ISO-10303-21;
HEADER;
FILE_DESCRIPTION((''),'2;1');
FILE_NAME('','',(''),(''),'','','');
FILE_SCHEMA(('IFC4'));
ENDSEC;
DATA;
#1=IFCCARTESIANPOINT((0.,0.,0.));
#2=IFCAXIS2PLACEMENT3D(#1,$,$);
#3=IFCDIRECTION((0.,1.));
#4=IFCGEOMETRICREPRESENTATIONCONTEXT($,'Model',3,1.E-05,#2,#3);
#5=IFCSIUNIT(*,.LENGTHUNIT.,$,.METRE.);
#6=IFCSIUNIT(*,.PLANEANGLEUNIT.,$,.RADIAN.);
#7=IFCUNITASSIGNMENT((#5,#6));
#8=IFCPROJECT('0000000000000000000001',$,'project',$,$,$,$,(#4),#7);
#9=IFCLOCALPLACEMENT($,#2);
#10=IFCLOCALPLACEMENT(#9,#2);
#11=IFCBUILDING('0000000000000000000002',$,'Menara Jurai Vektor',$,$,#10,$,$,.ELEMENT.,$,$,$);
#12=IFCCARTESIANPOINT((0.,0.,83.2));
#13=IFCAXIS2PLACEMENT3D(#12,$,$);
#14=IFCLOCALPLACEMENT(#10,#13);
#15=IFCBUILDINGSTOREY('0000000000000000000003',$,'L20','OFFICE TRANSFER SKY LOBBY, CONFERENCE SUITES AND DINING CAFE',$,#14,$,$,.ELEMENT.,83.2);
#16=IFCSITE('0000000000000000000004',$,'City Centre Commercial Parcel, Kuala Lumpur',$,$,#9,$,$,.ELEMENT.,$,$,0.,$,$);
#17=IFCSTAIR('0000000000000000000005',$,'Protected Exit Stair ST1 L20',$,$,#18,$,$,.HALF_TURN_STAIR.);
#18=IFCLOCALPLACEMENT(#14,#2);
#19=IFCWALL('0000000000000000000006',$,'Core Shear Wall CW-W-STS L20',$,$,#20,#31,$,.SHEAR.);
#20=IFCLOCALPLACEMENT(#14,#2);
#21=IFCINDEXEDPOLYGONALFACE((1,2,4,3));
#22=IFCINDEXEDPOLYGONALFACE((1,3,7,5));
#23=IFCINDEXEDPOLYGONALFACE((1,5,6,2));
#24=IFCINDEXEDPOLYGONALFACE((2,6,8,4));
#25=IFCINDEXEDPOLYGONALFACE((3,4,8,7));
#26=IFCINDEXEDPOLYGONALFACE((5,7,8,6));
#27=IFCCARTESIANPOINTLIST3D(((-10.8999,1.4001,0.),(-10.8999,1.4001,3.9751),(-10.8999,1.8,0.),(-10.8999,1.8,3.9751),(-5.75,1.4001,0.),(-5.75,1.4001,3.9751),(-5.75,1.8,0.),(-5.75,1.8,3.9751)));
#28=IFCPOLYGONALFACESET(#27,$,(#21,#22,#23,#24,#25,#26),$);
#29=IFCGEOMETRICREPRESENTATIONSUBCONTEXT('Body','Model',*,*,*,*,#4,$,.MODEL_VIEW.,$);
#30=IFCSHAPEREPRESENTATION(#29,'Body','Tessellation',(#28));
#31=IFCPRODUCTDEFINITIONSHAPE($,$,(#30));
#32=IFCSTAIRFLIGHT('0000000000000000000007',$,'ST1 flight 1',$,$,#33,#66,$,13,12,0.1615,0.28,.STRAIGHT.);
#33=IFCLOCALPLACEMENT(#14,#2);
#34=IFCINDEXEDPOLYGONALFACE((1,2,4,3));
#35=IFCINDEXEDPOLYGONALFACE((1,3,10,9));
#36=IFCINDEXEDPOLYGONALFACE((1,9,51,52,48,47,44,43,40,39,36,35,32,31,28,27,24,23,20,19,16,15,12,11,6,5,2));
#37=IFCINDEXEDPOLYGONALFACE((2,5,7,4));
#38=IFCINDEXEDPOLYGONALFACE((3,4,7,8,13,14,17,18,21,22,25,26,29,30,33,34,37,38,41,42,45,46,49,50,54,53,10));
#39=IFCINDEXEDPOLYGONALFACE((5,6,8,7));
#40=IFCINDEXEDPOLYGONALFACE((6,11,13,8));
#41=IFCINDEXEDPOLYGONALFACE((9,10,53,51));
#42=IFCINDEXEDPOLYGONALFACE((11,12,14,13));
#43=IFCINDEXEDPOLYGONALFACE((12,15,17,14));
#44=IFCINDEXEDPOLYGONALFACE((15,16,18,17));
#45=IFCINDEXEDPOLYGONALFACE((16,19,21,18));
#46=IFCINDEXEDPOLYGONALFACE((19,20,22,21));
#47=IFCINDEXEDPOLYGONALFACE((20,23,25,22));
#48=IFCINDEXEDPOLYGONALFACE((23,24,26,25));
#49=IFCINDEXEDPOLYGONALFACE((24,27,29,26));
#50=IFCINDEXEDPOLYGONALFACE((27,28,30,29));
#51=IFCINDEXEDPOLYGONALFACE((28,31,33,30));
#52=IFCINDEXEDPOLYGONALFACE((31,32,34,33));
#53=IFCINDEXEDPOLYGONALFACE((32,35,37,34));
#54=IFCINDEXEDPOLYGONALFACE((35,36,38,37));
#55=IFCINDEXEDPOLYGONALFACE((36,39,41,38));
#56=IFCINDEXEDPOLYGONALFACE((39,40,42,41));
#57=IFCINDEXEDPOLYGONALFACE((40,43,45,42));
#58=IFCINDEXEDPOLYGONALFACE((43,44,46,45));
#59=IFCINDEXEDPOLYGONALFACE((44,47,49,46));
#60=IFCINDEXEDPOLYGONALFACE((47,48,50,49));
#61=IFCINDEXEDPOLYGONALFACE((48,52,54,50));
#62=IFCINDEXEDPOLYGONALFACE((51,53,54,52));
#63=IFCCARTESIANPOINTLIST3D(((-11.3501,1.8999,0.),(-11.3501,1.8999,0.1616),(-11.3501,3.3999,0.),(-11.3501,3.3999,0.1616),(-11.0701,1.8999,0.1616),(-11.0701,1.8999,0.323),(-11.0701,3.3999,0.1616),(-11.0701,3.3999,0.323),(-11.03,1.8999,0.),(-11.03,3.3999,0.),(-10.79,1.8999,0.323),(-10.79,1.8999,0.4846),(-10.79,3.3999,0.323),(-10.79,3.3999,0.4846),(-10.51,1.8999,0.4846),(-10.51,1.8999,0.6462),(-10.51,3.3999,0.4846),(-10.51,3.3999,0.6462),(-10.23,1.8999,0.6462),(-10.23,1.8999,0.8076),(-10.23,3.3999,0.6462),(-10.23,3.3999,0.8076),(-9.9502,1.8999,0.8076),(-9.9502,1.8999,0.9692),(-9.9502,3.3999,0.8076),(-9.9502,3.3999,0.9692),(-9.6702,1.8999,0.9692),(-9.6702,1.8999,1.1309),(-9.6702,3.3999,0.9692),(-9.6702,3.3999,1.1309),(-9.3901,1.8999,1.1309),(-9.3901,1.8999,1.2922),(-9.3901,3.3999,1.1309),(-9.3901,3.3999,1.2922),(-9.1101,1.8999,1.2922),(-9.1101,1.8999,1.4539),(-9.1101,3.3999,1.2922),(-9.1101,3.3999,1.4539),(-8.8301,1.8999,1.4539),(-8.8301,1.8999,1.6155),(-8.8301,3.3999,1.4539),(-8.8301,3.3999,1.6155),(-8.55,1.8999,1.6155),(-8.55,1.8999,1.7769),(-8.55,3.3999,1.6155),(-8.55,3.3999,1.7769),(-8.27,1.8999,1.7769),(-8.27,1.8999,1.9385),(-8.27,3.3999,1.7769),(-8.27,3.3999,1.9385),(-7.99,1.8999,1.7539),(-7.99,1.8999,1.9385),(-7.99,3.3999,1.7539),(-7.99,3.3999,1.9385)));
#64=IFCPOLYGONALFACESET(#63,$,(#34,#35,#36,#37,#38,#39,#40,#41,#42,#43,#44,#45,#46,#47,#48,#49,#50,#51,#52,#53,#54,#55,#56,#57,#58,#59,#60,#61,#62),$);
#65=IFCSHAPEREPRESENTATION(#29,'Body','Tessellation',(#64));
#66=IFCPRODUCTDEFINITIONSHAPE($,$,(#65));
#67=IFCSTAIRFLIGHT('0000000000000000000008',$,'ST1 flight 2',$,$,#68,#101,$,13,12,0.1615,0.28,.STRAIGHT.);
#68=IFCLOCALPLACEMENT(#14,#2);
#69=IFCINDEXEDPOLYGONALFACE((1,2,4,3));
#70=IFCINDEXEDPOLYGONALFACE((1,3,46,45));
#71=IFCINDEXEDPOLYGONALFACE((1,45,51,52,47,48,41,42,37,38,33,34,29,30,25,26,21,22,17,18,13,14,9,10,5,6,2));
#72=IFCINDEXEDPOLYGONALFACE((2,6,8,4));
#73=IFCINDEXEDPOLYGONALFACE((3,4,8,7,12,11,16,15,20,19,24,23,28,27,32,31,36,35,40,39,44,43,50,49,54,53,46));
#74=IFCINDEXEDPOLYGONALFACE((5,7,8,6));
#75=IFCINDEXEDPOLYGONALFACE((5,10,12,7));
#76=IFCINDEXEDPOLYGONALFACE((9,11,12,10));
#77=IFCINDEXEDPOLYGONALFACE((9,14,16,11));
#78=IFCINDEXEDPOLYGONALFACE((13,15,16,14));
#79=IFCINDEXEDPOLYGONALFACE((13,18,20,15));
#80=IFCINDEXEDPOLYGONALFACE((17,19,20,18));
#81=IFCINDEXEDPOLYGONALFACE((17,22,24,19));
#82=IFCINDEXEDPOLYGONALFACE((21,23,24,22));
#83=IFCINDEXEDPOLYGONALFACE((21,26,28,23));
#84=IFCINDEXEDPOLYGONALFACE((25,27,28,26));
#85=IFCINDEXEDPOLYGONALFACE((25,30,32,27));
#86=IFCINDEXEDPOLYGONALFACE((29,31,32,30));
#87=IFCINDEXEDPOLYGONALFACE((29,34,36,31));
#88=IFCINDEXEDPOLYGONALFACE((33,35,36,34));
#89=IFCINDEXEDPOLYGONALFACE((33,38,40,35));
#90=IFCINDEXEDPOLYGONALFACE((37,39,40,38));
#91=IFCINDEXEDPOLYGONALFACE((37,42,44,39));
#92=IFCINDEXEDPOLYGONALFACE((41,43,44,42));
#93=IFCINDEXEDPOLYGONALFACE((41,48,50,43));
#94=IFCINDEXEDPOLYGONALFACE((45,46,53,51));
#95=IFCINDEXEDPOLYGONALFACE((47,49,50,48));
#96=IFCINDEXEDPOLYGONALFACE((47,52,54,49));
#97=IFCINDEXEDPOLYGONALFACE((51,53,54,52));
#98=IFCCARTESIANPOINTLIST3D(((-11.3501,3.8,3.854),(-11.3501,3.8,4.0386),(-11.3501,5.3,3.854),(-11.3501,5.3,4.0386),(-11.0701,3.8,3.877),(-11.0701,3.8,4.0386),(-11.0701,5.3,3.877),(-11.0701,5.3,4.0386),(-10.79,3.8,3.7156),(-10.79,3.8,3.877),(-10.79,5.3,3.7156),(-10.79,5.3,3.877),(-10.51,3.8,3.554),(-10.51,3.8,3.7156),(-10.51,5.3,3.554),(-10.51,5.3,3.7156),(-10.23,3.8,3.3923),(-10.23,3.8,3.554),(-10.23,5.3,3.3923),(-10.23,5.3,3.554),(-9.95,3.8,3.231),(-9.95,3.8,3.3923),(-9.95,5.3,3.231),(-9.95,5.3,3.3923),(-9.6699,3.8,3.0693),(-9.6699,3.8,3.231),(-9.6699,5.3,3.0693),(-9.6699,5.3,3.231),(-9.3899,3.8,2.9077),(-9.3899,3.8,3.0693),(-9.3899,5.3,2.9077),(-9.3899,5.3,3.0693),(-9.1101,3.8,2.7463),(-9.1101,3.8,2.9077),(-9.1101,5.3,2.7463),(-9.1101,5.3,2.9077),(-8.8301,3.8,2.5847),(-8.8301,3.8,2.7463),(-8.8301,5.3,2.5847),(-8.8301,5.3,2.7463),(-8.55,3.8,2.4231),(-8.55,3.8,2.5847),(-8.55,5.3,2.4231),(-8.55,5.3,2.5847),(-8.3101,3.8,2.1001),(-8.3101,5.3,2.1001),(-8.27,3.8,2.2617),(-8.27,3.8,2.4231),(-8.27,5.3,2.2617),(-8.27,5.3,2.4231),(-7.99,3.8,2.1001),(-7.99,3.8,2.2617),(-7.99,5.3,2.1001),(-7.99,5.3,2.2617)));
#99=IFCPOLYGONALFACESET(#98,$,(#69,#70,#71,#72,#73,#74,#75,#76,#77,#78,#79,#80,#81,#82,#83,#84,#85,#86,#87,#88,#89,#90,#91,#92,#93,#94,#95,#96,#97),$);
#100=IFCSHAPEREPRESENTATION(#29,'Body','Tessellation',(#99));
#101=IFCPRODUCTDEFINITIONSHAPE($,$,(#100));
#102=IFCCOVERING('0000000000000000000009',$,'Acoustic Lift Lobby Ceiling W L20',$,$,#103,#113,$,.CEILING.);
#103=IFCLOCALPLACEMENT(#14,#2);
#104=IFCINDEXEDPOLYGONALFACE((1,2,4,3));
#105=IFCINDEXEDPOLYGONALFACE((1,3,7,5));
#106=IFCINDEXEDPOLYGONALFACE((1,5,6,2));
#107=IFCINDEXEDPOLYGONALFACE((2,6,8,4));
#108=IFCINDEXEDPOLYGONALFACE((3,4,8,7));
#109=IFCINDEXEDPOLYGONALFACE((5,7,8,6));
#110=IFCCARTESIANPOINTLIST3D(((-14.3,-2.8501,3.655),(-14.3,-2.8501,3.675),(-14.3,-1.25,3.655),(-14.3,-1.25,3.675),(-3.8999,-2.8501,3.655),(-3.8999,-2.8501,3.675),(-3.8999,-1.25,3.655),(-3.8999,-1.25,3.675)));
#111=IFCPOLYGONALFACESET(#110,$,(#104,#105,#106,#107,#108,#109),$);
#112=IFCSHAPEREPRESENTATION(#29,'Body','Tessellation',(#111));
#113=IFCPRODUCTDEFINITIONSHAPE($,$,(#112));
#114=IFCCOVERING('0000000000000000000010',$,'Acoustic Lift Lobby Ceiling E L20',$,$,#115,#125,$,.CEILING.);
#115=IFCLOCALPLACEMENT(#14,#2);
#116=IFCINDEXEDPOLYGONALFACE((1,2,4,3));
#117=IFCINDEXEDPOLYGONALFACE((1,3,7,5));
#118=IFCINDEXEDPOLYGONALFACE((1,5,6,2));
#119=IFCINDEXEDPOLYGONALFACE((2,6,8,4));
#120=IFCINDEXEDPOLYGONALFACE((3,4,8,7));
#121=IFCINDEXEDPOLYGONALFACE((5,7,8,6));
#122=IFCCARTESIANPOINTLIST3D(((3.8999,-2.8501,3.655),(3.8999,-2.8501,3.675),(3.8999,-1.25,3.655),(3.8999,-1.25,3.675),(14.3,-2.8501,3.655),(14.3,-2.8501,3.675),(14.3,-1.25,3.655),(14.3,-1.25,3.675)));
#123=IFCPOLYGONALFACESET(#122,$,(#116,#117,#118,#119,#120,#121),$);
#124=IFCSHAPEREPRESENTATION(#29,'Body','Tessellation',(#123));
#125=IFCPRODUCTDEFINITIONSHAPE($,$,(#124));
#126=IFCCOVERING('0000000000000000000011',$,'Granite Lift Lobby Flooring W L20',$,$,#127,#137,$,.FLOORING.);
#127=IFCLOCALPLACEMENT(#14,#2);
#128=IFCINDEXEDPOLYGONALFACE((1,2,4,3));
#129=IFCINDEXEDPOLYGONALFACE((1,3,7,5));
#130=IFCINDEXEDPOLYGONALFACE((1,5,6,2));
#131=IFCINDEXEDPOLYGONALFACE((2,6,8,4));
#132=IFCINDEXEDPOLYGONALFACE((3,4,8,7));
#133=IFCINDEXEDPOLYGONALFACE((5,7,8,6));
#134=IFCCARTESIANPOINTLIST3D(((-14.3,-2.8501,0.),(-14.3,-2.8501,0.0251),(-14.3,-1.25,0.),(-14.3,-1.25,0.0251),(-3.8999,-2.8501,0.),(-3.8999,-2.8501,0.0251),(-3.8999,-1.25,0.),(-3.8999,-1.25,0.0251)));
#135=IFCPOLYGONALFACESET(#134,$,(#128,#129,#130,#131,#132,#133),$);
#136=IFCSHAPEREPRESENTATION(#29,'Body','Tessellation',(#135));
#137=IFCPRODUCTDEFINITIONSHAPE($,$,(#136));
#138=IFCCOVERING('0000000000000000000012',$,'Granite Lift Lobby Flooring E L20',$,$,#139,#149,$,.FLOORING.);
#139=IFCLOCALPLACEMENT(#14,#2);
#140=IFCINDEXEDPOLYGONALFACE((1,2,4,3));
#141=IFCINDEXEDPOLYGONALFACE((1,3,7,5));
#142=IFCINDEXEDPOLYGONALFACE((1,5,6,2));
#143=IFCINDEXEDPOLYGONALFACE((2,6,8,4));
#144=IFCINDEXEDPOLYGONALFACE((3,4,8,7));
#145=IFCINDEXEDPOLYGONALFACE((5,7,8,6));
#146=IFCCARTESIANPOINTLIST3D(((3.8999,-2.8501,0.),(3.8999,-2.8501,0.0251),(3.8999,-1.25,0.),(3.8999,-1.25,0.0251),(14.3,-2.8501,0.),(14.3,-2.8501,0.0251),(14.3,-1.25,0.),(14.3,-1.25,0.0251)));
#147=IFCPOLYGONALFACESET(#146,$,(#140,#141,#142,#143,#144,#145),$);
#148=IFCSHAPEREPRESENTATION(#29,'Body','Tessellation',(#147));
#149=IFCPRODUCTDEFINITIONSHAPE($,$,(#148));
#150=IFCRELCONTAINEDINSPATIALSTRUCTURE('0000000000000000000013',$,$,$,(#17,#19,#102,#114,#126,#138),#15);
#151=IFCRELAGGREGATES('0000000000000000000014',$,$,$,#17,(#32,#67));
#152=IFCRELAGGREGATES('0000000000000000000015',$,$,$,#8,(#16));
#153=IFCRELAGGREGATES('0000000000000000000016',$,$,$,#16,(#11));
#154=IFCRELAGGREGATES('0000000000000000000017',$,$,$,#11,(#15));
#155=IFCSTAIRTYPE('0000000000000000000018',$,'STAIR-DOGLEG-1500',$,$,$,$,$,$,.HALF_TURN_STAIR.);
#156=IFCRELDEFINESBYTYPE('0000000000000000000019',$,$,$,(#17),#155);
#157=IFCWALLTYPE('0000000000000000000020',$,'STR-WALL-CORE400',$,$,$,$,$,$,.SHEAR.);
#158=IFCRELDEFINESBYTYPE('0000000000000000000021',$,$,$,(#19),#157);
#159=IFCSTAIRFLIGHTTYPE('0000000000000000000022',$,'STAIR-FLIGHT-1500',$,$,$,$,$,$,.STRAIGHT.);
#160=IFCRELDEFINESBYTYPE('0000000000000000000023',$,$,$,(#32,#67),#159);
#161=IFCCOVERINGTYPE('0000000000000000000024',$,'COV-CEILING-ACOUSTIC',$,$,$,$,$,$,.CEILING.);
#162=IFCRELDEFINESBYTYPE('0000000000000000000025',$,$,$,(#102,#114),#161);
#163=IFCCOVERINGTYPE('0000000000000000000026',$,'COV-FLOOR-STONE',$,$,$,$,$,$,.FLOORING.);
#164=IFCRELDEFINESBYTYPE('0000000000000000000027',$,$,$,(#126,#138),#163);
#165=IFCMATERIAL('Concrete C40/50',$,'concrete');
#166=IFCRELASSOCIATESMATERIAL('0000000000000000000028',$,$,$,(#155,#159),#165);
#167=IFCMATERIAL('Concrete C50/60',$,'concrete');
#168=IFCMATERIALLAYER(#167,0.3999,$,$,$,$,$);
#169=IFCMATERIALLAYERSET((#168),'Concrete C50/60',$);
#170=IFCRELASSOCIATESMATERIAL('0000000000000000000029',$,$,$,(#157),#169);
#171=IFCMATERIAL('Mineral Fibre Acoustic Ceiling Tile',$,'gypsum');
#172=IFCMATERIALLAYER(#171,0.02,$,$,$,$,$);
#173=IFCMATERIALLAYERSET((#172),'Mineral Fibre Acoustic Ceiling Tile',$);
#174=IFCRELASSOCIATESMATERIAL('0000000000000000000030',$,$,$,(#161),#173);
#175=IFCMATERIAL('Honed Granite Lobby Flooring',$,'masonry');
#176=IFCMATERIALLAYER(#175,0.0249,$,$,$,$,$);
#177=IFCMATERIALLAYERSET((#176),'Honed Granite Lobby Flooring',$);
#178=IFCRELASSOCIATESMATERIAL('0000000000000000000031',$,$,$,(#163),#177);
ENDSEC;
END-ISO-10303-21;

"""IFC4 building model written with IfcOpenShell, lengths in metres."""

from ifc_helpers import new_model, si_unit, direction, frame, frame_2d, origin, place, context, subcontext, project, spatial, polyline, rectangle, outline, extrude, material, layer, layer_set, type_object, element, aggregate, save


model = new_model("IFC4")

# Units and contexts
model_context = context("Model", 3, precision=1e-05, world=origin(), true_north=direction((0.0, 1.0)))
body_context = subcontext(model_context, "Body", "Model", "MODEL_VIEW")
ifc_project = project(units=[si_unit("LENGTHUNIT", "METRE"), si_unit("PLANEANGLEUNIT", "RADIAN")], contexts=[model_context])

# Site, building, storey
site_placement = place(None, origin())
site = spatial("IfcSite", under=ifc_project, at=site_placement, Name="City Centre Commercial Parcel, Kuala Lumpur", CompositionType="ELEMENT", RefElevation=0.0)
building_placement = place(site_placement, origin())
building = spatial("IfcBuilding", under=site, at=building_placement, Name="Menara Jurai Vektor", CompositionType="ELEMENT")
storey_placement = place(building_placement, frame((0.0, 0.0, 83.2)))
storey = spatial("IfcBuildingStorey", under=building, at=storey_placement, Name="L20", Description="OFFICE TRANSFER SKY LOBBY, CONFERENCE SUITES AND DINING CAFE", CompositionType="ELEMENT", Elevation=83.2)

# Shared definitions
ifc_material_1 = material(Name="Concrete C50/60", Category="concrete")

# Stair
ifc_material_2 = material(Name="Concrete C40/50", Category="concrete")
stair_type = type_object("IfcStairType", Name="STAIR-DOGLEG-1500", PredefinedType="HALF_TURN_STAIR", material=ifc_material_2)
stair_1_placement = place(storey_placement, origin())
stair_1 = element("IfcStair", 1, at=stair_1_placement, inside=storey, type_object=stair_type, Name="Protected Exit Stair ST1 L20", PredefinedType="HALF_TURN_STAIR")

# Wall
ifc_layer_1 = layer(ifc_material_1, 0.3999)
ifc_layer_set_1 = layer_set([ifc_layer_1], Name="Concrete C50/60")
wall_type_1 = type_object("IfcWallType", Name="STR-WALL-CORE400", PredefinedType="SHEAR", material=ifc_layer_set_1)
wall_1_placement = place(storey_placement, frame((-10.8999, 1.6001, 0.0), z_axis=(0.0, 0.0, 1.0), x_axis=(1.0, 0.0, 0.0)))
element("IfcWall", 2, at=wall_1_placement, inside=storey, type_object=wall_type_1, Name="Core Shear Wall CW-W-STS L20", PredefinedType="SHEAR", context=body_context, shape_type="SweptSolid", body=[
    extrude(rectangle(XDim=5.1499, YDim=0.3999, at=frame_2d((2.575, 0.0))), origin(), (0.0, 0.0, 1.0), 3.9751),
])

# Stair flights
stair_flight_type = type_object("IfcStairFlightType", Name="STAIR-FLIGHT-1500", PredefinedType="STRAIGHT", material=ifc_material_2)
stair_flight_1_placement = place(storey_placement, frame((-11.3501, 2.6499, 0.0), z_axis=(0.0, 0.0, 1.0), x_axis=(1.0, 0.0, 0.0)))
stair_flight_1 = element("IfcStairFlight", 3, at=stair_flight_1_placement, type_object=stair_flight_type, Name="ST1 flight 1", NumberOfRisers=13, NumberOfTreads=12, PredefinedType="STRAIGHT", RiserHeight=0.1615, TreadLength=0.28, context=body_context, shape_type="SweptSolid", body=[
    extrude(outline(polyline([(0.0, 0.0), (0.0, 0.1616), (0.28, 0.1616), (0.28, 0.323), (0.5601, 0.323), (0.5601, 0.4846), (0.8401, 0.4846), (0.8401, 0.6462), (1.1201, 0.6462), (1.1201, 0.8076), (1.3999, 0.8076), (1.3999, 0.9692), (1.6799, 0.9692), (1.6799, 1.1309), (1.96, 1.1309), (1.96, 1.2922), (2.24, 1.2922), (2.24, 1.4539), (2.52, 1.4539), (2.52, 1.6155), (2.8, 1.6155), (2.8, 1.7769), (3.0801, 1.7769), (3.0801, 1.9385), (3.3601, 1.9385), (3.3601, 2.1001), (3.3601, 1.7539), (0.3201, 0.0), (0.0, 0.0)])), frame((0.0, 0.75, 0.0), z_axis=(0.0, -1.0, 0.0), x_axis=(1.0, 0.0, 0.0)), (0.0, 0.0, 1.0), 1.5),
])
stair_flight_2_placement = place(storey_placement, frame((-7.99, 4.55, 2.1001), z_axis=(0.0, 0.0, 1.0), x_axis=(-1.0, 0.0, 0.0)))
stair_flight_2 = element("IfcStairFlight", 4, at=stair_flight_2_placement, type_object=stair_flight_type, Name="ST1 flight 2", NumberOfRisers=13, NumberOfTreads=12, PredefinedType="STRAIGHT", RiserHeight=0.1615, TreadLength=0.28, context=body_context, shape_type="SweptSolid", body=[
    extrude(outline(polyline([(0.0, 0.0), (0.0, 0.1616), (0.28, 0.1616), (0.28, 0.323), (0.5601, 0.323), (0.5601, 0.4846), (0.8401, 0.4846), (0.8401, 0.6462), (1.1201, 0.6462), (1.1201, 0.8076), (1.3999, 0.8076), (1.3999, 0.9692), (1.6799, 0.9692), (1.6799, 1.1309), (1.96, 1.1309), (1.96, 1.2922), (2.24, 1.2922), (2.24, 1.4539), (2.52, 1.4539), (2.52, 1.6155), (2.8, 1.6155), (2.8, 1.7769), (3.0801, 1.7769), (3.0801, 1.9385), (3.3601, 1.9385), (3.3601, 2.1001), (3.3601, 1.7539), (0.3201, 0.0), (0.0, 0.0)])), frame((0.0, 0.75, 0.0), z_axis=(0.0, -1.0, 0.0), x_axis=(1.0, 0.0, 0.0)), (0.0, 0.0, 1.0), 1.5),
])
aggregate(stair_1, [stair_flight_1, stair_flight_2])

# Coverings
ifc_material_3 = material(Name="Mineral Fibre Acoustic Ceiling Tile", Category="gypsum")
ifc_layer_2 = layer(ifc_material_3, 0.02)
ifc_layer_set_2 = layer_set([ifc_layer_2], Name="Mineral Fibre Acoustic Ceiling Tile")
covering_type_1 = type_object("IfcCoveringType", Name="COV-CEILING-ACOUSTIC", PredefinedType="CEILING", material=ifc_layer_set_2)
covering_1_placement = place(storey_placement, frame((0.0, 0.0, 3.655)))
element("IfcCovering", 5, at=covering_1_placement, inside=storey, type_object=covering_type_1, Name="Acoustic Lift Lobby Ceiling W L20", PredefinedType="CEILING", context=body_context, shape_type="SweptSolid", body=[
    extrude(outline(polyline([(-14.3, -2.8501), (-3.8999, -2.8501), (-3.8999, -1.25), (-14.3, -1.25), (-14.3, -2.8501)])), origin(), (0.0, 0.0, 1.0), 0.02),
])
covering_2_placement = place(storey_placement, frame((0.0, 0.0, 3.655)))
element("IfcCovering", 6, at=covering_2_placement, inside=storey, type_object=covering_type_1, Name="Acoustic Lift Lobby Ceiling E L20", PredefinedType="CEILING", context=body_context, shape_type="SweptSolid", body=[
    extrude(outline(polyline([(3.8999, -2.8501), (14.3, -2.8501), (14.3, -1.25), (3.8999, -1.25), (3.8999, -2.8501)])), origin(), (0.0, 0.0, 1.0), 0.02),
])
ifc_material_4 = material(Name="Honed Granite Lobby Flooring", Category="masonry")
ifc_layer_3 = layer(ifc_material_4, 0.0249)
ifc_layer_set_3 = layer_set([ifc_layer_3], Name="Honed Granite Lobby Flooring")
covering_type_2 = type_object("IfcCoveringType", Name="COV-FLOOR-STONE", PredefinedType="FLOORING", material=ifc_layer_set_3)
covering_3_placement = place(storey_placement, origin())
element("IfcCovering", 7, at=covering_3_placement, inside=storey, type_object=covering_type_2, Name="Granite Lift Lobby Flooring W L20", PredefinedType="FLOORING", context=body_context, shape_type="SweptSolid", body=[
    extrude(outline(polyline([(-14.3, -2.8501), (-3.8999, -2.8501), (-3.8999, -1.25), (-14.3, -1.25), (-14.3, -2.8501)])), origin(), (0.0, 0.0, 1.0), 0.0251),
])
covering_4_placement = place(storey_placement, origin())
element("IfcCovering", 8, at=covering_4_placement, inside=storey, type_object=covering_type_2, Name="Granite Lift Lobby Flooring E L20", PredefinedType="FLOORING", context=body_context, shape_type="SweptSolid", body=[
    extrude(outline(polyline([(3.8999, -2.8501), (14.3, -2.8501), (14.3, -1.25), (3.8999, -1.25), (3.8999, -2.8501)])), origin(), (0.0, 0.0, 1.0), 0.0251),
])

save(model, "model.ifc")
